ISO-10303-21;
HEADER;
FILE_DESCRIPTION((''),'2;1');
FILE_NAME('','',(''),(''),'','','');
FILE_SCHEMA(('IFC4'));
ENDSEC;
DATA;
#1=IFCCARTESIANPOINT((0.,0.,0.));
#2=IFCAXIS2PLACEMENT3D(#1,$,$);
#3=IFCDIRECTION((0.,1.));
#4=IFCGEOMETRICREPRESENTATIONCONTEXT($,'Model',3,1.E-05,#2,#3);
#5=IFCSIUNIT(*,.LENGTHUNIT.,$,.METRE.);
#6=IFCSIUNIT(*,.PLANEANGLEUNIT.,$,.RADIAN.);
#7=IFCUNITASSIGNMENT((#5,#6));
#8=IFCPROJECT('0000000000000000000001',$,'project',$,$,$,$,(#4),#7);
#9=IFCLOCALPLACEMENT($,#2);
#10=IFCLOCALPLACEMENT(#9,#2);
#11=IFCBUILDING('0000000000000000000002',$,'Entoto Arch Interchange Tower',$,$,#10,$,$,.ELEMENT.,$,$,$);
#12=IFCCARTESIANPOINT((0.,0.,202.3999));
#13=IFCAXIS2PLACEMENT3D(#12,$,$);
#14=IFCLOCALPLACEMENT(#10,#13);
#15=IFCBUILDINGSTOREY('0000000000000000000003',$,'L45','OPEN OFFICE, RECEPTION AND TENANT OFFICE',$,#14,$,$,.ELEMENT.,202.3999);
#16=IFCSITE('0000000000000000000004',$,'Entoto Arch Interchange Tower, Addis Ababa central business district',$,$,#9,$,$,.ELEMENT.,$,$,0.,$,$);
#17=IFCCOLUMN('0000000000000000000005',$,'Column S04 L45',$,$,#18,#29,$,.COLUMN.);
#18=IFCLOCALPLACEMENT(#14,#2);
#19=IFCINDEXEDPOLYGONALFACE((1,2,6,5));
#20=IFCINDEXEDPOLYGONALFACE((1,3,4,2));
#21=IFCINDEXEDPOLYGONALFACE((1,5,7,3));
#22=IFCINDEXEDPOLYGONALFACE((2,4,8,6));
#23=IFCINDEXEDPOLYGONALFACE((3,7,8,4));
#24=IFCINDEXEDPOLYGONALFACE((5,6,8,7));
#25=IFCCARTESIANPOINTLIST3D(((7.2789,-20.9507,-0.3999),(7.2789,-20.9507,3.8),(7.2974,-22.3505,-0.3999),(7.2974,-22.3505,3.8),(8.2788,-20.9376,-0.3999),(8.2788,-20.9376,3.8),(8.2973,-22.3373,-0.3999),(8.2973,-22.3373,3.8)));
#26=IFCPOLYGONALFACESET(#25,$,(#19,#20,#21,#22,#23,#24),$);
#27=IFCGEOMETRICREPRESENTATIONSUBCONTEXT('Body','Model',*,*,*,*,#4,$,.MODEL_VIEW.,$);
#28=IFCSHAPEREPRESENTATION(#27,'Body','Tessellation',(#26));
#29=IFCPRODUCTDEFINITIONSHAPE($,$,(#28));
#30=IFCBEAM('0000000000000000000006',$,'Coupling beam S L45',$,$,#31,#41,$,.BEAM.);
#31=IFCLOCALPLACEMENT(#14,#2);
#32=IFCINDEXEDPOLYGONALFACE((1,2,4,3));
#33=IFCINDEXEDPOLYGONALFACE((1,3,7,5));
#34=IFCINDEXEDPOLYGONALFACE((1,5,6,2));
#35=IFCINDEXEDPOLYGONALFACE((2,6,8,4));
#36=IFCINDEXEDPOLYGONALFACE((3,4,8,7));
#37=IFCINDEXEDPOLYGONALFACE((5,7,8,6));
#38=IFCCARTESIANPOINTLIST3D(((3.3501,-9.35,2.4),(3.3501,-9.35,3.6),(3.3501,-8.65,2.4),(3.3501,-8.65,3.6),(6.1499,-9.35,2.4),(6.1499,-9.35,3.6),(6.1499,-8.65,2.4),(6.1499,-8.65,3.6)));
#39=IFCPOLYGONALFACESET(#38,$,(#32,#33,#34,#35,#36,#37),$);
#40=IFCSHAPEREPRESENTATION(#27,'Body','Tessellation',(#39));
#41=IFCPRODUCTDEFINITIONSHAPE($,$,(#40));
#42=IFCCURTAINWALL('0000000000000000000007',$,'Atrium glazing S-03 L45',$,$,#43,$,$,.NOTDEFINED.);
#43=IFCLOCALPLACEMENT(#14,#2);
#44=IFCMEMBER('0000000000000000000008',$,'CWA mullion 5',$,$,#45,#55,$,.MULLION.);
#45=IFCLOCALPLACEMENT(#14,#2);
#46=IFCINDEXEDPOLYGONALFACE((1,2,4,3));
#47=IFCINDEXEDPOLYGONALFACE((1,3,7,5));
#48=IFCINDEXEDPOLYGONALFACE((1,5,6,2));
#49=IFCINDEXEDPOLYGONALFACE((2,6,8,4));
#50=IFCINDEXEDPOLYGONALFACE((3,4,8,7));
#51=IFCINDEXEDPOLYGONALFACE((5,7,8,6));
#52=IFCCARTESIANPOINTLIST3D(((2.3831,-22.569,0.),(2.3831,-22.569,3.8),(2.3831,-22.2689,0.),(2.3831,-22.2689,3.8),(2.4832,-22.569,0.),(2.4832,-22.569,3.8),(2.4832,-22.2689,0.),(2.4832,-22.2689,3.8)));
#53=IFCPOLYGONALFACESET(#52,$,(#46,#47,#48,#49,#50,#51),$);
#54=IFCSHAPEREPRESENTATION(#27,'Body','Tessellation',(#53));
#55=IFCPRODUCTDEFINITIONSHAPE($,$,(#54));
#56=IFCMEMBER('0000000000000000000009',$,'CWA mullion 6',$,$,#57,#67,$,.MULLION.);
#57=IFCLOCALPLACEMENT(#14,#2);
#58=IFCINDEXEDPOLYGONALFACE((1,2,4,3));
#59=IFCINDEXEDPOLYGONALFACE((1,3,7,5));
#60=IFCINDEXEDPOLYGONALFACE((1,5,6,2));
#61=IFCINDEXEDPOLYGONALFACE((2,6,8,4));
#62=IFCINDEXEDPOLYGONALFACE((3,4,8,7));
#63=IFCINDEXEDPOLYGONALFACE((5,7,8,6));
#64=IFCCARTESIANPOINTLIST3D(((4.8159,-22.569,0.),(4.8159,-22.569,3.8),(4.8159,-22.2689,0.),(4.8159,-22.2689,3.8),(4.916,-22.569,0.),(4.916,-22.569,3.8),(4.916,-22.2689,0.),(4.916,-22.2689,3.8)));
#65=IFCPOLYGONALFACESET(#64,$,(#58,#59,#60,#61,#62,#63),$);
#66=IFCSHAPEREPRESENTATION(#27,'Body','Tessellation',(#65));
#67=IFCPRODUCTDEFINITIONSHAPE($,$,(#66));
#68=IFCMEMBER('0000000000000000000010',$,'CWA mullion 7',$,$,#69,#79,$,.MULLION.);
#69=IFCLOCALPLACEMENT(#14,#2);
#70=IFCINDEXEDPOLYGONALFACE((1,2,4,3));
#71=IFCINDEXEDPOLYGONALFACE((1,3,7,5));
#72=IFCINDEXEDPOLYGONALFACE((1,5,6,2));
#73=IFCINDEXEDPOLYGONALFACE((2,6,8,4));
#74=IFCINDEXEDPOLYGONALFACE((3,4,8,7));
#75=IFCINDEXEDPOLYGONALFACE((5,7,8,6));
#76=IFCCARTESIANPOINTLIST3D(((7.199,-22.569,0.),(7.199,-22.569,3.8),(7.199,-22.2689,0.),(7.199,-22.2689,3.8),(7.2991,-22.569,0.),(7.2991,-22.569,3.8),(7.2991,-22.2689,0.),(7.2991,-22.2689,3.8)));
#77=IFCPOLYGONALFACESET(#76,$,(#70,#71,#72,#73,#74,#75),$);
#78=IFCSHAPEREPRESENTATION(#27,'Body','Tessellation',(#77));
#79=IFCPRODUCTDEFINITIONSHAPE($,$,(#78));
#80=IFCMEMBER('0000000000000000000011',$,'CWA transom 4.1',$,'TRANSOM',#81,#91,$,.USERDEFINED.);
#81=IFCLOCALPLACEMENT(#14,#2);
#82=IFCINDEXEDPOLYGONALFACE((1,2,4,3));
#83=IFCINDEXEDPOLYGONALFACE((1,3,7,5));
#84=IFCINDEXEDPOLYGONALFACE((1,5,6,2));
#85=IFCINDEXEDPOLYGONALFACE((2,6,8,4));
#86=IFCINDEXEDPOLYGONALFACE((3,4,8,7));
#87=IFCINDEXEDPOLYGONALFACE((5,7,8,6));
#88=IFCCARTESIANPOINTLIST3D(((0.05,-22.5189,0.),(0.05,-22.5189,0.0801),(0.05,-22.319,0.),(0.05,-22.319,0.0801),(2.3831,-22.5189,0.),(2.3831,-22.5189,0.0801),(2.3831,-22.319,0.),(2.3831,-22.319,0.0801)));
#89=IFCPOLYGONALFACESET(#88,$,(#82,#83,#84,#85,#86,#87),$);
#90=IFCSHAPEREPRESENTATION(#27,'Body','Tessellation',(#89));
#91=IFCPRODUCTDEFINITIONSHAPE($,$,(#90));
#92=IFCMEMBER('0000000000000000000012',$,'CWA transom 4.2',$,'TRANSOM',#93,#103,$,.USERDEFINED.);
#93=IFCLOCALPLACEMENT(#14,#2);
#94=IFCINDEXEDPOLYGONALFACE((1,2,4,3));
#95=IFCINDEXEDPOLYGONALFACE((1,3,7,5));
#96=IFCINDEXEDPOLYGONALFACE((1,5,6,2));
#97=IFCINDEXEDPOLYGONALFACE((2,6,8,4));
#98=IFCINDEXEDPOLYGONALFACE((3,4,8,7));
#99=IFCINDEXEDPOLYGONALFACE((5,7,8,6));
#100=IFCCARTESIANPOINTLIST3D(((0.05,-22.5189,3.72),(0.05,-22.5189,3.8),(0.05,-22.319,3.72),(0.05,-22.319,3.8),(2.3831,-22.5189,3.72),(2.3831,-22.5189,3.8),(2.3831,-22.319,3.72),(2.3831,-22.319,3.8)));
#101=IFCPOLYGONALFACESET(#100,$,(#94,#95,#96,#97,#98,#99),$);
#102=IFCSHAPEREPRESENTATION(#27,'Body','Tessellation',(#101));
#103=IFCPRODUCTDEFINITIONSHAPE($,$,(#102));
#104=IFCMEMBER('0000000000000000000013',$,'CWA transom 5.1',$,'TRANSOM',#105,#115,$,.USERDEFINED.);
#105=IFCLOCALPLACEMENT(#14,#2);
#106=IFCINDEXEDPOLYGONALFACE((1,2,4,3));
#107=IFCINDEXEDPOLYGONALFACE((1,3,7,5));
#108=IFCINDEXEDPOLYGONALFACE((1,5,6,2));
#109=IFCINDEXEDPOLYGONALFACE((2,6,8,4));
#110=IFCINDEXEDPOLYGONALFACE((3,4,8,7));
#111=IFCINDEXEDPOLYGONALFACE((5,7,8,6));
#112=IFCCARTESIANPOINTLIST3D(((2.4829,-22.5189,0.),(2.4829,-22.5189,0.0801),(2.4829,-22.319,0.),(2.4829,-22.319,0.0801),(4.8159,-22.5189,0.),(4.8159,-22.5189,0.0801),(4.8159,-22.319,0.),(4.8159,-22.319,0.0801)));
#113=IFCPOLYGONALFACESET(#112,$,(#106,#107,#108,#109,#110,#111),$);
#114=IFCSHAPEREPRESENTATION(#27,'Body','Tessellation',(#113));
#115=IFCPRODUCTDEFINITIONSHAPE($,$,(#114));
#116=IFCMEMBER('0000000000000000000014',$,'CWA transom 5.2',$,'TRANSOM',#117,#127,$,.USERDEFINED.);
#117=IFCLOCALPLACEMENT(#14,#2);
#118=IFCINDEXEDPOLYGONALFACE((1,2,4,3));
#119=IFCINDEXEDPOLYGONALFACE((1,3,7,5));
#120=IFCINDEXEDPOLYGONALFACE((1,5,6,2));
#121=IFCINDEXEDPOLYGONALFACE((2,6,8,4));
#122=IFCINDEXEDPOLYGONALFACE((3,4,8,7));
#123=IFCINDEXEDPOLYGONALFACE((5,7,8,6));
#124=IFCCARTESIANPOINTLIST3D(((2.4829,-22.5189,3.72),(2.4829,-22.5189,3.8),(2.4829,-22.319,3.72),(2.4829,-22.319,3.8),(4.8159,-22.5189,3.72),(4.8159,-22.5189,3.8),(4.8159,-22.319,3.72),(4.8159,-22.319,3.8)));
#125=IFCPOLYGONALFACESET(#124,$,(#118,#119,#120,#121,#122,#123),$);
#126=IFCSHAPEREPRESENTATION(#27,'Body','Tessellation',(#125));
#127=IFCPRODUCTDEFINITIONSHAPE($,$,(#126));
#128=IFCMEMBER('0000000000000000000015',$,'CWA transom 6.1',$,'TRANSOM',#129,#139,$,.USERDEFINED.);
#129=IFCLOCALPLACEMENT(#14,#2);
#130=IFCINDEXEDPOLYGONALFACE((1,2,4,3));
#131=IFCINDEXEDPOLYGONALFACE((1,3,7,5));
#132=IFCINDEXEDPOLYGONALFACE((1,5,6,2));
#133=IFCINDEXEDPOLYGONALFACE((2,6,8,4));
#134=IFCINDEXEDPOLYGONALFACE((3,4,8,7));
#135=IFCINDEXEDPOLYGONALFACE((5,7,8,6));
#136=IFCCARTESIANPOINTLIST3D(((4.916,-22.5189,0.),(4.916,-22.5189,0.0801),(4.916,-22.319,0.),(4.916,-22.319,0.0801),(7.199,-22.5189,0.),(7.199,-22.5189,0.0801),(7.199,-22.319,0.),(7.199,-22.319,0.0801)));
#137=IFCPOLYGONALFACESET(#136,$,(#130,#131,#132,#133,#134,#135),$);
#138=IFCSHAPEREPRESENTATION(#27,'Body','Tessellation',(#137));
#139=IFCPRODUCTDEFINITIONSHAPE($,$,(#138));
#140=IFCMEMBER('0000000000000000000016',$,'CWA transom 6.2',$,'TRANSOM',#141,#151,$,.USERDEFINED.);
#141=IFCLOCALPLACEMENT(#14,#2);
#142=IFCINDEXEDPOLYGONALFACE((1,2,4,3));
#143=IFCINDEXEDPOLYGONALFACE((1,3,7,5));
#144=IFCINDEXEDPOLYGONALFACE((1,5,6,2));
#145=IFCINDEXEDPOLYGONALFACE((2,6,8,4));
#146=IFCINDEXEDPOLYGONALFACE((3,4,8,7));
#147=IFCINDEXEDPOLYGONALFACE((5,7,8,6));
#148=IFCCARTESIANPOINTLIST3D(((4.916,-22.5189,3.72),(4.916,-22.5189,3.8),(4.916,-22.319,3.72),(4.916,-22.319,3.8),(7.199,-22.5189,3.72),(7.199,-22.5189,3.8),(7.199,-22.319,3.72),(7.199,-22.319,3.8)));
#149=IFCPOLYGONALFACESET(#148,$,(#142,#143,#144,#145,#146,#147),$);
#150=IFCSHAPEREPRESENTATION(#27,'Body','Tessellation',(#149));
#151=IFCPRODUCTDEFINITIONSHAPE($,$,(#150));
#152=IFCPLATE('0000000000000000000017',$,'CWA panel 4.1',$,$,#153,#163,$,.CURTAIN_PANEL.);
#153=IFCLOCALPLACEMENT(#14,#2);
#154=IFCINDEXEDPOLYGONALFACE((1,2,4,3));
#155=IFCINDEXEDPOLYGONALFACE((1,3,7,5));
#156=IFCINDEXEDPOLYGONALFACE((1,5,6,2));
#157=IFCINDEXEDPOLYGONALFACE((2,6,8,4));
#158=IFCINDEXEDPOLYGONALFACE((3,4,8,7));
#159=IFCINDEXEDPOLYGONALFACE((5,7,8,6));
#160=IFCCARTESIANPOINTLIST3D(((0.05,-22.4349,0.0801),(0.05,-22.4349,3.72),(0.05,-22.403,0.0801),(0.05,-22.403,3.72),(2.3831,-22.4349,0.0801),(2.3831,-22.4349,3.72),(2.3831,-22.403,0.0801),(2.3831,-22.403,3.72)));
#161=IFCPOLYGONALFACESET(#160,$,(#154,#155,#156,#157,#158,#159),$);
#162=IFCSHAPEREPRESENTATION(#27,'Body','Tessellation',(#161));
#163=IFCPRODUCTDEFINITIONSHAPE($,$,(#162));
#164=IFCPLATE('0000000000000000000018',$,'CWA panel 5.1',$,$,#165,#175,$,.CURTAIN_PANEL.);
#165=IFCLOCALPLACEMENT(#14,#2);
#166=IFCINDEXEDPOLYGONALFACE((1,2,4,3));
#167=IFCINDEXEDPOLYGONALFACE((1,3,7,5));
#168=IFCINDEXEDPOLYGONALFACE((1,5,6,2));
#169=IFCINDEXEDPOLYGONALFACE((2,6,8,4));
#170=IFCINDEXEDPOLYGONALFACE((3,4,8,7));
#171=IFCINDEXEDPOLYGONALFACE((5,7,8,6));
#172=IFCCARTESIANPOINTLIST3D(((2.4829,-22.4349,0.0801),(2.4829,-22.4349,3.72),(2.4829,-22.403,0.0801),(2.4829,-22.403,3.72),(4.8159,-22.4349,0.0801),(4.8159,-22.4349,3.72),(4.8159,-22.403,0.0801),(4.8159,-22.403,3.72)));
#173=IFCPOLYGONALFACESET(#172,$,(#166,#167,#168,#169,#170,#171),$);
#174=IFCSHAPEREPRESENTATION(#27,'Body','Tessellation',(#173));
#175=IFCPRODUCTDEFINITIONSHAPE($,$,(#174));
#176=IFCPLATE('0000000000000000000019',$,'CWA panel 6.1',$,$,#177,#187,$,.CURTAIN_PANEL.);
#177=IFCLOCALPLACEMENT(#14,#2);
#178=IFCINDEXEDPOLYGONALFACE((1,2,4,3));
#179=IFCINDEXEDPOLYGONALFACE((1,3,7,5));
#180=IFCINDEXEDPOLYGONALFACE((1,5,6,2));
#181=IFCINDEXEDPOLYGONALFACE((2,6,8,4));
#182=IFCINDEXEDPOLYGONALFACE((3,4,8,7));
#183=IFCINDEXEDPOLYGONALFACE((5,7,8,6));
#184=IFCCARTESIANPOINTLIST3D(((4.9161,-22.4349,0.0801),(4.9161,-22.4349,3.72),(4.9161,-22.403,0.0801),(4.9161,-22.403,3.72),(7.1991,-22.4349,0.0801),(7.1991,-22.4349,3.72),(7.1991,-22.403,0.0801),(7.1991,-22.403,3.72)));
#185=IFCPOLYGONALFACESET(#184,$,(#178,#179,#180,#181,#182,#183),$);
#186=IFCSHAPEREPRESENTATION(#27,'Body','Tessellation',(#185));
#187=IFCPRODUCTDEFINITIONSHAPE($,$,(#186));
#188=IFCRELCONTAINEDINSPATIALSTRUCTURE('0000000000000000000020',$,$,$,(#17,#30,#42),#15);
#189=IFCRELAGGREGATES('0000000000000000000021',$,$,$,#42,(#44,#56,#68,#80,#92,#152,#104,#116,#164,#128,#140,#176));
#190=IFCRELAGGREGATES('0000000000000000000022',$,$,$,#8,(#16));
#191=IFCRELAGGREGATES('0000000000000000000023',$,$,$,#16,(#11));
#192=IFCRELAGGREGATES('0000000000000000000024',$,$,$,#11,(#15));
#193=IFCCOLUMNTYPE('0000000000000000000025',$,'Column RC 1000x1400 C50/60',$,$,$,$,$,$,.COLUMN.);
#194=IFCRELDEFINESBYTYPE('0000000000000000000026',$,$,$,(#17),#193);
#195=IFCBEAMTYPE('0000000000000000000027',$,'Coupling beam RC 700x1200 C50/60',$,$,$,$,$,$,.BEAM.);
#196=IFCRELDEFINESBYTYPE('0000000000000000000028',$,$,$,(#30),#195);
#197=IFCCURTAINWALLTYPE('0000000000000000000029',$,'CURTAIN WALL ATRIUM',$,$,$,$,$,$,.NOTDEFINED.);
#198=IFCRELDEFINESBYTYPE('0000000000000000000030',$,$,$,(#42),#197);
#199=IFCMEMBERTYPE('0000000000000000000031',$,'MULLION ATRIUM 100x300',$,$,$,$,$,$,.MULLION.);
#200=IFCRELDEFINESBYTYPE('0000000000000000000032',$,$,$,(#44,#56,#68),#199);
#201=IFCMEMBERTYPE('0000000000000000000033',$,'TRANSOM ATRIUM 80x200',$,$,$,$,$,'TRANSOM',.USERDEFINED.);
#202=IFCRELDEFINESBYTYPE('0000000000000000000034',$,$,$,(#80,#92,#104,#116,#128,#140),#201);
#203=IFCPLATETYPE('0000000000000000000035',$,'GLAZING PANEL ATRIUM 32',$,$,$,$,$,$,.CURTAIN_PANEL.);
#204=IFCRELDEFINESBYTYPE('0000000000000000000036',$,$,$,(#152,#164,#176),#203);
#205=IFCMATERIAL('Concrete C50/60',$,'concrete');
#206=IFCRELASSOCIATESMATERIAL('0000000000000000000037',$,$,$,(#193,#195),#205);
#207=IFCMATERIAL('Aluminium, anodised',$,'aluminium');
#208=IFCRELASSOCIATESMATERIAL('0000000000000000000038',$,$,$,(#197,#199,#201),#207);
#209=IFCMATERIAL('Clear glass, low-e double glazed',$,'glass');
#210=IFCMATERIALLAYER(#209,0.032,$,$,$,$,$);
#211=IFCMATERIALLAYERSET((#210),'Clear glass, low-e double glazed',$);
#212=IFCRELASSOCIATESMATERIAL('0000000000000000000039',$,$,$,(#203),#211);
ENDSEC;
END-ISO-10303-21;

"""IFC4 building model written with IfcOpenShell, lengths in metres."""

from ifc_helpers import new_model, si_unit, direction, frame, origin, origin_2d, place, context, subcontext, project, spatial, rectangle, extrude, material, layer, layer_set, material_profile, profile_set, type_object, element, aggregate, save


model = new_model("IFC4")

# Units and contexts
model_context = context("Model", 3, precision=1e-05, world=origin(), true_north=direction((0.0, 1.0)))
body_context = subcontext(model_context, "Body", "Model", "MODEL_VIEW")
ifc_project = project(units=[si_unit("LENGTHUNIT", "METRE"), si_unit("PLANEANGLEUNIT", "RADIAN")], contexts=[model_context])

# Site, building, storey
site_placement = place(None, origin())
site = spatial("IfcSite", under=ifc_project, at=site_placement, Name="Entoto Arch Interchange Tower, Addis Ababa central business district", CompositionType="ELEMENT", RefElevation=0.0)
building_placement = place(site_placement, origin())
building = spatial("IfcBuilding", under=site, at=building_placement, Name="Entoto Arch Interchange Tower", CompositionType="ELEMENT")
storey_placement = place(building_placement, frame((0.0, 0.0, 202.3999)))
storey = spatial("IfcBuildingStorey", under=building, at=storey_placement, Name="L45", Description="OPEN OFFICE, RECEPTION AND TENANT OFFICE", CompositionType="ELEMENT", Elevation=202.3999)

# Column
ifc_material_1 = material(Name="Concrete C50/60", Category="concrete")
ifc_material_profile_1 = material_profile(ifc_material_1, rectangle(XDim=1.0, YDim=1.3999, at=origin_2d()))
ifc_profile_set_1 = profile_set([ifc_material_profile_1], Name="Concrete C50/60")
column_type = type_object("IfcColumnType", Name="Column RC 1000x1400 C50/60", PredefinedType="COLUMN", material=ifc_profile_set_1)
column_placement = place(storey_placement, frame((7.7881, -21.644, -0.3999), z_axis=(0.0, 0.0, 1.0), x_axis=(0.999913, 0.013177, 0.0)))
element("IfcColumn", 1, at=column_placement, inside=storey, type_object=column_type, Name="Column S04 L45", PredefinedType="COLUMN", context=body_context, shape_type="SweptSolid", body=[
    extrude(rectangle(XDim=1.0, YDim=1.3999, at=origin_2d()), origin(), (0.0, 0.0, 1.0), 4.2),
])

# Beam
ifc_material_profile_2 = material_profile(ifc_material_1, rectangle(XDim=0.7, YDim=1.2, at=origin_2d()))
ifc_profile_set_2 = profile_set([ifc_material_profile_2], Name="Concrete C50/60")
beam_type = type_object("IfcBeamType", Name="Coupling beam RC 700x1200 C50/60", PredefinedType="BEAM", material=ifc_profile_set_2)
beam_placement = place(storey_placement, frame((3.3501, -9.0, 3.0), z_axis=(1.0, 0.0, 0.0), x_axis=(0.0, 1.0, 0.0)))
element("IfcBeam", 2, at=beam_placement, inside=storey, type_object=beam_type, Name="Coupling beam S L45", PredefinedType="BEAM", context=body_context, shape_type="SweptSolid", body=[
    extrude(rectangle(XDim=0.7, YDim=1.2, at=origin_2d()), origin(), (0.0, 0.0, 1.0), 2.7998),
])

# Curtain wall, members, plates
ifc_material_2 = material(Name="Aluminium, anodised", Category="aluminium")
curtain_wall_type = type_object("IfcCurtainWallType", Name="CURTAIN WALL ATRIUM", PredefinedType="NOTDEFINED", material=ifc_material_2)
curtain_wall_placement = place(storey_placement, origin())
curtain_wall = element("IfcCurtainWall", 3, at=curtain_wall_placement, inside=storey, type_object=curtain_wall_type, Name="Atrium glazing S-03 L45", PredefinedType="NOTDEFINED")
ifc_material_profile_3 = material_profile(ifc_material_2, rectangle(XDim=0.3, YDim=0.1001, at=origin_2d()))
ifc_profile_set_3 = profile_set([ifc_material_profile_3], Name="Aluminium, anodised")
member_type_1 = type_object("IfcMemberType", Name="MULLION ATRIUM 100x300", PredefinedType="MULLION", material=ifc_profile_set_3)
member_1_placement = place(storey_placement, frame((2.4331, -22.4189, 0.0), z_axis=(0.0, 0.0, 1.0), x_axis=(0.0, 1.0, 0.0)))
member_1 = element("IfcMember", 4, at=member_1_placement, type_object=member_type_1, Name="CWA mullion 5", PredefinedType="MULLION", context=body_context, shape_type="SweptSolid", body=[
    extrude(rectangle(XDim=0.3, YDim=0.1001, at=origin_2d()), origin(), (0.0, 0.0, 1.0), 3.8),
])
member_2_placement = place(storey_placement, frame((4.866, -22.4189, 0.0), z_axis=(0.0, 0.0, 1.0), x_axis=(0.0, 1.0, 0.0)))
member_2 = element("IfcMember", 5, at=member_2_placement, type_object=member_type_1, Name="CWA mullion 6", PredefinedType="MULLION", context=body_context, shape_type="SweptSolid", body=[
    extrude(rectangle(XDim=0.3, YDim=0.1001, at=origin_2d()), origin(), (0.0, 0.0, 1.0), 3.8),
])
member_3_placement = place(storey_placement, frame((7.249, -22.4189, 0.0), z_axis=(0.0, 0.0, 1.0), x_axis=(0.0, 1.0, 0.0)))
member_3 = element("IfcMember", 6, at=member_3_placement, type_object=member_type_1, Name="CWA mullion 7", PredefinedType="MULLION", context=body_context, shape_type="SweptSolid", body=[
    extrude(rectangle(XDim=0.3, YDim=0.1001, at=origin_2d()), origin(), (0.0, 0.0, 1.0), 3.8),
])
ifc_material_profile_4 = material_profile(ifc_material_2, rectangle(XDim=0.2, YDim=0.0801, at=origin_2d()))
ifc_profile_set_4 = profile_set([ifc_material_profile_4], Name="Aluminium, anodised")
member_type_2 = type_object("IfcMemberType", Name="TRANSOM ATRIUM 80x200", ElementType="TRANSOM", PredefinedType="USERDEFINED", material=ifc_profile_set_4)
member_4_placement = place(storey_placement, frame((0.05, -22.4189, 0.04), z_axis=(1.0, 0.0, 0.0), x_axis=(0.0, 1.0, 0.0)))
member_4 = element("IfcMember", 7, at=member_4_placement, type_object=member_type_2, Name="CWA transom 4.1", ObjectType="TRANSOM", PredefinedType="USERDEFINED", context=body_context, shape_type="SweptSolid", body=[
    extrude(rectangle(XDim=0.2, YDim=0.0801, at=origin_2d()), origin(), (0.0, 0.0, 1.0), 2.333),
])
member_5_placement = place(storey_placement, frame((0.05, -22.4189, 3.76), z_axis=(1.0, 0.0, 0.0), x_axis=(0.0, 1.0, 0.0)))
member_5 = element("IfcMember", 8, at=member_5_placement, type_object=member_type_2, Name="CWA transom 4.2", ObjectType="TRANSOM", PredefinedType="USERDEFINED", context=body_context, shape_type="SweptSolid", body=[
    extrude(rectangle(XDim=0.2, YDim=0.0801, at=origin_2d()), origin(), (0.0, 0.0, 1.0), 2.333),
])
member_6_placement = place(storey_placement, frame((2.4829, -22.4189, 0.04), z_axis=(1.0, 0.0, 0.0), x_axis=(0.0, 1.0, 0.0)))
member_6 = element("IfcMember", 9, at=member_6_placement, type_object=member_type_2, Name="CWA transom 5.1", ObjectType="TRANSOM", PredefinedType="USERDEFINED", context=body_context, shape_type="SweptSolid", body=[
    extrude(rectangle(XDim=0.2, YDim=0.0801, at=origin_2d()), origin(), (0.0, 0.0, 1.0), 2.333),
])
member_7_placement = place(storey_placement, frame((2.4829, -22.4189, 3.76), z_axis=(1.0, 0.0, 0.0), x_axis=(0.0, 1.0, 0.0)))
member_7 = element("IfcMember", 10, at=member_7_placement, type_object=member_type_2, Name="CWA transom 5.2", ObjectType="TRANSOM", PredefinedType="USERDEFINED", context=body_context, shape_type="SweptSolid", body=[
    extrude(rectangle(XDim=0.2, YDim=0.0801, at=origin_2d()), origin(), (0.0, 0.0, 1.0), 2.333),
])
member_8_placement = place(storey_placement, frame((4.916, -22.4189, 0.04), z_axis=(1.0, 0.0, 0.0), x_axis=(0.0, 1.0, 0.0)))
member_8 = element("IfcMember", 11, at=member_8_placement, type_object=member_type_2, Name="CWA transom 6.1", ObjectType="TRANSOM", PredefinedType="USERDEFINED", context=body_context, shape_type="SweptSolid", body=[
    extrude(rectangle(XDim=0.2, YDim=0.0801, at=origin_2d()), origin(), (0.0, 0.0, 1.0), 2.283),
])
member_9_placement = place(storey_placement, frame((4.916, -22.4189, 3.76), z_axis=(1.0, 0.0, 0.0), x_axis=(0.0, 1.0, 0.0)))
member_9 = element("IfcMember", 12, at=member_9_placement, type_object=member_type_2, Name="CWA transom 6.2", ObjectType="TRANSOM", PredefinedType="USERDEFINED", context=body_context, shape_type="SweptSolid", body=[
    extrude(rectangle(XDim=0.2, YDim=0.0801, at=origin_2d()), origin(), (0.0, 0.0, 1.0), 2.283),
])
ifc_material_3 = material(Name="Clear glass, low-e double glazed", Category="glass")
ifc_layer_1 = layer(ifc_material_3, 0.032)
ifc_layer_set_1 = layer_set([ifc_layer_1], Name="Clear glass, low-e double glazed")
plate_type = type_object("IfcPlateType", Name="GLAZING PANEL ATRIUM 32", PredefinedType="CURTAIN_PANEL", material=ifc_layer_set_1)
plate_1_placement = place(storey_placement, frame((1.2166, -22.4189, 0.0801), z_axis=(0.0, 0.0, 1.0), x_axis=(1.0, 0.0, 0.0)))
plate_1 = element("IfcPlate", 13, at=plate_1_placement, type_object=plate_type, Name="CWA panel 4.1", PredefinedType="CURTAIN_PANEL", context=body_context, shape_type="SweptSolid", body=[
    extrude(rectangle(XDim=2.333, YDim=0.032, at=origin_2d()), origin(), (0.0, 0.0, 1.0), 3.6399),
])
plate_2_placement = place(storey_placement, frame((3.6494, -22.4189, 0.0801), z_axis=(0.0, 0.0, 1.0), x_axis=(1.0, 0.0, 0.0)))
plate_2 = element("IfcPlate", 14, at=plate_2_placement, type_object=plate_type, Name="CWA panel 5.1", PredefinedType="CURTAIN_PANEL", context=body_context, shape_type="SweptSolid", body=[
    extrude(rectangle(XDim=2.333, YDim=0.032, at=origin_2d()), origin(), (0.0, 0.0, 1.0), 3.6399),
])
plate_3_placement = place(storey_placement, frame((6.0576, -22.4189, 0.0801), z_axis=(0.0, 0.0, 1.0), x_axis=(1.0, 0.0, 0.0)))
plate_3 = element("IfcPlate", 15, at=plate_3_placement, type_object=plate_type, Name="CWA panel 6.1", PredefinedType="CURTAIN_PANEL", context=body_context, shape_type="SweptSolid", body=[
    extrude(rectangle(XDim=2.283, YDim=0.032, at=origin_2d()), origin(), (0.0, 0.0, 1.0), 3.6399),
])
aggregate(curtain_wall, [member_1, member_2, member_3, member_4, member_5, plate_1, member_6, member_7, plate_2, member_8, member_9, plate_3])

save(model, "model.ifc")
